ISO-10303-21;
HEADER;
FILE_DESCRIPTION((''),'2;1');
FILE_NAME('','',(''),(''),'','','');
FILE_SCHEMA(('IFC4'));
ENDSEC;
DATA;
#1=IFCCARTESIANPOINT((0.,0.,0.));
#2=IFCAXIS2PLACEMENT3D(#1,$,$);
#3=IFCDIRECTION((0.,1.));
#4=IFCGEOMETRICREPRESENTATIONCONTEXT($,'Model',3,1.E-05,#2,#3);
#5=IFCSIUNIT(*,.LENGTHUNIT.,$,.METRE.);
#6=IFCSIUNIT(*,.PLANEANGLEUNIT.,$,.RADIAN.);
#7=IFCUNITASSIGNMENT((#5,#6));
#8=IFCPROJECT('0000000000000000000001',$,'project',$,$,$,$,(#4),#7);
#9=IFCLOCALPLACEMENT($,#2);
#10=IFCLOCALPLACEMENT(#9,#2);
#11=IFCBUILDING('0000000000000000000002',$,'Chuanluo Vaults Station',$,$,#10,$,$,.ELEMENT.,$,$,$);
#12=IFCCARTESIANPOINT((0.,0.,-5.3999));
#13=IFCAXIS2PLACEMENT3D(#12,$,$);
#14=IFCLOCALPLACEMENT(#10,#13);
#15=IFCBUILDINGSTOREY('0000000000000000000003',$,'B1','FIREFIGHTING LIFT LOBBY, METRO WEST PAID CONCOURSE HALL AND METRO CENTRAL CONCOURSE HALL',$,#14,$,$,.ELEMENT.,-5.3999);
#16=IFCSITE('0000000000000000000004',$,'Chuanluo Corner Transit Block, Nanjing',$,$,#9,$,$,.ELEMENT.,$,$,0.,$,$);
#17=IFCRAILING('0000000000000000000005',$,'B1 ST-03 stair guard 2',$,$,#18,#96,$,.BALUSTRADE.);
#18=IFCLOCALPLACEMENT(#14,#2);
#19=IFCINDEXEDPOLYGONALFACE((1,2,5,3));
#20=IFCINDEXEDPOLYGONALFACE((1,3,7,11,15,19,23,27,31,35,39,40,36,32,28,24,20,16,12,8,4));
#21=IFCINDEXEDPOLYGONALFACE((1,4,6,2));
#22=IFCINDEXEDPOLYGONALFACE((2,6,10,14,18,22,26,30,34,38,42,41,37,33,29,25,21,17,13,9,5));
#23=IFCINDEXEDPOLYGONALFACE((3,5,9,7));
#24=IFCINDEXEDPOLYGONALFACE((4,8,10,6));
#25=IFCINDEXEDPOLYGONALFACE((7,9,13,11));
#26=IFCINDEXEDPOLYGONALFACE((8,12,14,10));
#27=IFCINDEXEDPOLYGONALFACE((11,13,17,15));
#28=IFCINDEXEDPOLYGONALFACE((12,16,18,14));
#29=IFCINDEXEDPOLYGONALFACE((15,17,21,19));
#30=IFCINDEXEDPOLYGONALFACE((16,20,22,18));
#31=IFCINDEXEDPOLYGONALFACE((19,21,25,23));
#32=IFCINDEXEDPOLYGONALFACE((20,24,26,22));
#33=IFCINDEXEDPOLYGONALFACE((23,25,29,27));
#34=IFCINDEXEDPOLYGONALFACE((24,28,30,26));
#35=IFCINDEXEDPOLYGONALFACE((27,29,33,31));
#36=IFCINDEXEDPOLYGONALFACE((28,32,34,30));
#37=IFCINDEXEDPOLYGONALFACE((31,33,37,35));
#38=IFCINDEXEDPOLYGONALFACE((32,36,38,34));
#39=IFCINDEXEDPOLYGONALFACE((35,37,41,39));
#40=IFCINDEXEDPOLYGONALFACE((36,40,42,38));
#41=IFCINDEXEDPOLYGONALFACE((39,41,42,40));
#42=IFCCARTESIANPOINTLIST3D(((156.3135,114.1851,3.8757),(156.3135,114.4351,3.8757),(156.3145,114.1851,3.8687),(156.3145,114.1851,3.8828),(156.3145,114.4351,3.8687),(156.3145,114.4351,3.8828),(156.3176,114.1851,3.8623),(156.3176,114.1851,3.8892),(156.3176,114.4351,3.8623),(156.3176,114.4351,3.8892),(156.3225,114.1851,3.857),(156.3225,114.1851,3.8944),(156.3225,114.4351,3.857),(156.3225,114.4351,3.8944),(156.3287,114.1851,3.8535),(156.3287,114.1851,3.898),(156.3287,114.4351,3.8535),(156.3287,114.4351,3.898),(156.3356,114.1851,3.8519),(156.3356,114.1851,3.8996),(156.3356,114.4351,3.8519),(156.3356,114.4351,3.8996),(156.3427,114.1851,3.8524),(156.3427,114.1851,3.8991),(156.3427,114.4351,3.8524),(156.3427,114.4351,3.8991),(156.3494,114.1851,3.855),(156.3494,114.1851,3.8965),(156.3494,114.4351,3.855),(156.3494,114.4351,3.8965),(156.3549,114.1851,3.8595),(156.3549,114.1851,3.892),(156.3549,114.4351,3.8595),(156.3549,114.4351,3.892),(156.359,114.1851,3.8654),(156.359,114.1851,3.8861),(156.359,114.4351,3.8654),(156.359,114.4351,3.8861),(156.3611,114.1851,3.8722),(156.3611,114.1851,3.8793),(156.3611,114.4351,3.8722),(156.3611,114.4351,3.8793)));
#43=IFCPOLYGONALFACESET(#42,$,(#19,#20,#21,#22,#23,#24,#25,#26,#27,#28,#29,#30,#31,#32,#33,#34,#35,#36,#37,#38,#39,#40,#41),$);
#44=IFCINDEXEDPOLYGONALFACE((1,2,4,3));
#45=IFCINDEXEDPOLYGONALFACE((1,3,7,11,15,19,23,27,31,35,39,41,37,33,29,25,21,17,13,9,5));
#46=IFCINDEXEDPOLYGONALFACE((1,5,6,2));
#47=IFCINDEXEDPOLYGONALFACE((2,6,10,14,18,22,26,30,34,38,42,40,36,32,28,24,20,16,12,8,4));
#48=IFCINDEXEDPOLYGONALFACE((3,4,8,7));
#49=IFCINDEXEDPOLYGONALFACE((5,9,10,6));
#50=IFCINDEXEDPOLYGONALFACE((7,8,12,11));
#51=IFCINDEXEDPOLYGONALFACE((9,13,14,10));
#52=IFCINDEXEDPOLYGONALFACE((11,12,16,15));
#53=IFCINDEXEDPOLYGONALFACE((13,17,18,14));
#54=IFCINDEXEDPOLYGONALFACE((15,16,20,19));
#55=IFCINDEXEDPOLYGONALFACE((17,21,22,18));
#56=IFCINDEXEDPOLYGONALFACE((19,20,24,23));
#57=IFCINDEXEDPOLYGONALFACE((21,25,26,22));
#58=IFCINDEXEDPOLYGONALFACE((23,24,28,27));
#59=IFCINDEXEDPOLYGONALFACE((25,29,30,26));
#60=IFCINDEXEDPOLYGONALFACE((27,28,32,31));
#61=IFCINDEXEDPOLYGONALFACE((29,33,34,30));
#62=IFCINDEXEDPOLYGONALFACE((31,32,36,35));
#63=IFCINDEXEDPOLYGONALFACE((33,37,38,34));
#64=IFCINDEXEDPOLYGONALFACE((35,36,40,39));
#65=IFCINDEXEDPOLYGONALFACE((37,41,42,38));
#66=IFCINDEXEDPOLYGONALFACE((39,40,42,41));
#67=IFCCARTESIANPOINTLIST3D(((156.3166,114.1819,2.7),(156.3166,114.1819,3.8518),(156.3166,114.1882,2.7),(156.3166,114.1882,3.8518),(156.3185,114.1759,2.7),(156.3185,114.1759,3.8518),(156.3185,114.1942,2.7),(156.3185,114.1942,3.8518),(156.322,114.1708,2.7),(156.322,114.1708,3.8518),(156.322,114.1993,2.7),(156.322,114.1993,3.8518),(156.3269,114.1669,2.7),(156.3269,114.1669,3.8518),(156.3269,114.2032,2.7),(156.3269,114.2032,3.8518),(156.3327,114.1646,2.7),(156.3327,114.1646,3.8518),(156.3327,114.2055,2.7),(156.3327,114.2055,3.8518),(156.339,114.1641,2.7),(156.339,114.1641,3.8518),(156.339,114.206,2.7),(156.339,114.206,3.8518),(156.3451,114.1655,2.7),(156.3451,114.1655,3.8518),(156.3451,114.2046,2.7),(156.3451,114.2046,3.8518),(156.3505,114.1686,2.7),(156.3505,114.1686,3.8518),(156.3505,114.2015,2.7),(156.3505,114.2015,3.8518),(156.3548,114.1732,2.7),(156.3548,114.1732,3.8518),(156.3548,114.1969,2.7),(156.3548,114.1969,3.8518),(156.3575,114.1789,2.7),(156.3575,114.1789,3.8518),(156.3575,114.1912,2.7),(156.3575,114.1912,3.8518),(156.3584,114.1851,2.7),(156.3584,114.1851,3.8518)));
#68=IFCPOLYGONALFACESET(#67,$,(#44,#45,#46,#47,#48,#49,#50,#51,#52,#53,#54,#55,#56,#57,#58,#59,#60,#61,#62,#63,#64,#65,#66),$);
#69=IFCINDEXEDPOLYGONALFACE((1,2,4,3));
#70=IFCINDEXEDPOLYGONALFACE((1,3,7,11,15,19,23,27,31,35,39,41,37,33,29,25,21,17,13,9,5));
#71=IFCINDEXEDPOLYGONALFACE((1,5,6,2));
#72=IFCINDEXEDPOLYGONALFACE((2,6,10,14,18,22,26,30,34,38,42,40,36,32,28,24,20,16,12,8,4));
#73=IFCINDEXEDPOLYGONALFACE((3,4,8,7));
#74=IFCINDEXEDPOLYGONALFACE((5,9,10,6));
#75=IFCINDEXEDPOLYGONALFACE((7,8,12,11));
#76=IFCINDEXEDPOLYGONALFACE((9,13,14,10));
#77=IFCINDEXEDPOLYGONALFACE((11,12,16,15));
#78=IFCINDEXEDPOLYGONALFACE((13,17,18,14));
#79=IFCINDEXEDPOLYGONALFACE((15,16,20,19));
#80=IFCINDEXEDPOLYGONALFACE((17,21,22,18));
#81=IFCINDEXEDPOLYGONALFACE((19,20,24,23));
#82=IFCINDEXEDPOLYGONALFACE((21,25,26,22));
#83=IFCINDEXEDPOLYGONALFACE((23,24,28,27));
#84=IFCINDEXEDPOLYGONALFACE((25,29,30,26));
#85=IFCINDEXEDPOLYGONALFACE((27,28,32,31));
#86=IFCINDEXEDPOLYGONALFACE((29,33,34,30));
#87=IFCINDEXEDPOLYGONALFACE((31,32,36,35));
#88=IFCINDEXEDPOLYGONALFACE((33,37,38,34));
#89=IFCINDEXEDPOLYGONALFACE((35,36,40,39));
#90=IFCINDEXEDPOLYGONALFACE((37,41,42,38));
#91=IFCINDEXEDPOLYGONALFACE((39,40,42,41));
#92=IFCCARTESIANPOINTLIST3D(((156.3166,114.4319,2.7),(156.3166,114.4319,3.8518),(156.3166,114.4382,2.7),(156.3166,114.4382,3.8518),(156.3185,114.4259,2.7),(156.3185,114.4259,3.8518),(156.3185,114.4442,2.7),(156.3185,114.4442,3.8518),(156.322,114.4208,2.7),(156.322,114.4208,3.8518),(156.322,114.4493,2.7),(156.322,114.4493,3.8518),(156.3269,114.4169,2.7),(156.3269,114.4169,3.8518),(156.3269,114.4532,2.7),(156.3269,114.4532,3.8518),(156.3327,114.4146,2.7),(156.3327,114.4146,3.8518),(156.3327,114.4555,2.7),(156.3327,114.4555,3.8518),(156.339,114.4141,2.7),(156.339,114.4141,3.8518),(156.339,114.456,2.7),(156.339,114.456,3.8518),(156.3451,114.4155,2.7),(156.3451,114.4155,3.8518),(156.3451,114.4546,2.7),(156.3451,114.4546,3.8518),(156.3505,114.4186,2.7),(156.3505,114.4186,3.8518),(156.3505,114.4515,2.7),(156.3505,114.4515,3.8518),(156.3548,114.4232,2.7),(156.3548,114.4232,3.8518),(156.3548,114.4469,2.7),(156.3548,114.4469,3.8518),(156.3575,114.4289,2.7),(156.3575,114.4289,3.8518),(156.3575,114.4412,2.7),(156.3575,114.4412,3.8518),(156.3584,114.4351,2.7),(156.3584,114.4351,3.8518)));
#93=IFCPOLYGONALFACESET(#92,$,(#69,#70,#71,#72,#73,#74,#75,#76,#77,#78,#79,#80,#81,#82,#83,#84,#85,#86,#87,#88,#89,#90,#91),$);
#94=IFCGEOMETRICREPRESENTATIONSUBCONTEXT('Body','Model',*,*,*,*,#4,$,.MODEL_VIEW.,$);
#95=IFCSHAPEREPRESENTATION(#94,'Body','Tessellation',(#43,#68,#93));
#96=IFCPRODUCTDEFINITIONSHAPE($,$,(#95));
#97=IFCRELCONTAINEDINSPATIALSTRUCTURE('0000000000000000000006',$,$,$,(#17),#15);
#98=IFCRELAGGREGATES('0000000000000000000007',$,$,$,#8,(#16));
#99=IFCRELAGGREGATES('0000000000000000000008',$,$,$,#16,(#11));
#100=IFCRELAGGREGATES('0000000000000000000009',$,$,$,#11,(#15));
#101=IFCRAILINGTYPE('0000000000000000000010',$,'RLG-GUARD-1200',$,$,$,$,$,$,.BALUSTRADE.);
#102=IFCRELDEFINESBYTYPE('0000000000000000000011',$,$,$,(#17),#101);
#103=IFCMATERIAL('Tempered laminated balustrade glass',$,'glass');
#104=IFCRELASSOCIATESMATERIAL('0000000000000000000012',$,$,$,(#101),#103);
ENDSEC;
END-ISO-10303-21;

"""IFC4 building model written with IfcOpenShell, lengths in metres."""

from ifc_helpers import new_model, si_unit, direction, frame, origin, origin_2d, place, context, subcontext, project, spatial, circle, extrude, material, type_object, element, save


model = new_model("IFC4")

# Units and contexts
model_context = context("Model", 3, precision=1e-05, world=origin(), true_north=direction((0.0, 1.0)))
body_context = subcontext(model_context, "Body", "Model", "MODEL_VIEW")
ifc_project = project(units=[si_unit("LENGTHUNIT", "METRE"), si_unit("PLANEANGLEUNIT", "RADIAN")], contexts=[model_context])

# Site, building, storey
site_placement = place(None, origin())
site = spatial("IfcSite", under=ifc_project, at=site_placement, Name="Chuanluo Corner Transit Block, Nanjing", CompositionType="ELEMENT", RefElevation=0.0)
building_placement = place(site_placement, origin())
building = spatial("IfcBuilding", under=site, at=building_placement, Name="Chuanluo Vaults Station", CompositionType="ELEMENT")
storey_placement = place(building_placement, frame((0.0, 0.0, -5.3999)))
storey = spatial("IfcBuildingStorey", under=building, at=storey_placement, Name="B1", Description="FIREFIGHTING LIFT LOBBY, METRO WEST PAID CONCOURSE HALL AND METRO CENTRAL CONCOURSE HALL", CompositionType="ELEMENT", Elevation=-5.3999)

# Railing
ifc_material_1 = material(Name="Tempered laminated balustrade glass", Category="glass")
railing_type_1 = type_object("IfcRailingType", Name="RLG-GUARD-1200", PredefinedType="BALUSTRADE", material=ifc_material_1)
railing_1_placement = place(storey_placement, frame((156.3374, 114.1851, 2.7)))
element("IfcRailing", 1, at=railing_1_placement, inside=storey, type_object=railing_type_1, Name="B1 ST-03 stair guard 2", PredefinedType="BALUSTRADE", context=body_context, shape_type="SweptSolid", body=[
    extrude(circle(Radius=0.0239, at=origin_2d()), frame((0.0, 0.0, 1.1758), z_axis=(0.0, 1.0, 0.0), x_axis=(-1.0, 0.0, 0.0)), (0.0, 0.0, 1.0), 0.25),
    extrude(circle(Radius=0.021, at=origin_2d()), origin(), (0.0, 0.0, 1.0), 1.1519),
    extrude(circle(Radius=0.021, at=origin_2d()), frame((0.0, 0.25, 0.0)), (0.0, 0.0, 1.0), 1.1519),
])

save(model, "model.ifc")
